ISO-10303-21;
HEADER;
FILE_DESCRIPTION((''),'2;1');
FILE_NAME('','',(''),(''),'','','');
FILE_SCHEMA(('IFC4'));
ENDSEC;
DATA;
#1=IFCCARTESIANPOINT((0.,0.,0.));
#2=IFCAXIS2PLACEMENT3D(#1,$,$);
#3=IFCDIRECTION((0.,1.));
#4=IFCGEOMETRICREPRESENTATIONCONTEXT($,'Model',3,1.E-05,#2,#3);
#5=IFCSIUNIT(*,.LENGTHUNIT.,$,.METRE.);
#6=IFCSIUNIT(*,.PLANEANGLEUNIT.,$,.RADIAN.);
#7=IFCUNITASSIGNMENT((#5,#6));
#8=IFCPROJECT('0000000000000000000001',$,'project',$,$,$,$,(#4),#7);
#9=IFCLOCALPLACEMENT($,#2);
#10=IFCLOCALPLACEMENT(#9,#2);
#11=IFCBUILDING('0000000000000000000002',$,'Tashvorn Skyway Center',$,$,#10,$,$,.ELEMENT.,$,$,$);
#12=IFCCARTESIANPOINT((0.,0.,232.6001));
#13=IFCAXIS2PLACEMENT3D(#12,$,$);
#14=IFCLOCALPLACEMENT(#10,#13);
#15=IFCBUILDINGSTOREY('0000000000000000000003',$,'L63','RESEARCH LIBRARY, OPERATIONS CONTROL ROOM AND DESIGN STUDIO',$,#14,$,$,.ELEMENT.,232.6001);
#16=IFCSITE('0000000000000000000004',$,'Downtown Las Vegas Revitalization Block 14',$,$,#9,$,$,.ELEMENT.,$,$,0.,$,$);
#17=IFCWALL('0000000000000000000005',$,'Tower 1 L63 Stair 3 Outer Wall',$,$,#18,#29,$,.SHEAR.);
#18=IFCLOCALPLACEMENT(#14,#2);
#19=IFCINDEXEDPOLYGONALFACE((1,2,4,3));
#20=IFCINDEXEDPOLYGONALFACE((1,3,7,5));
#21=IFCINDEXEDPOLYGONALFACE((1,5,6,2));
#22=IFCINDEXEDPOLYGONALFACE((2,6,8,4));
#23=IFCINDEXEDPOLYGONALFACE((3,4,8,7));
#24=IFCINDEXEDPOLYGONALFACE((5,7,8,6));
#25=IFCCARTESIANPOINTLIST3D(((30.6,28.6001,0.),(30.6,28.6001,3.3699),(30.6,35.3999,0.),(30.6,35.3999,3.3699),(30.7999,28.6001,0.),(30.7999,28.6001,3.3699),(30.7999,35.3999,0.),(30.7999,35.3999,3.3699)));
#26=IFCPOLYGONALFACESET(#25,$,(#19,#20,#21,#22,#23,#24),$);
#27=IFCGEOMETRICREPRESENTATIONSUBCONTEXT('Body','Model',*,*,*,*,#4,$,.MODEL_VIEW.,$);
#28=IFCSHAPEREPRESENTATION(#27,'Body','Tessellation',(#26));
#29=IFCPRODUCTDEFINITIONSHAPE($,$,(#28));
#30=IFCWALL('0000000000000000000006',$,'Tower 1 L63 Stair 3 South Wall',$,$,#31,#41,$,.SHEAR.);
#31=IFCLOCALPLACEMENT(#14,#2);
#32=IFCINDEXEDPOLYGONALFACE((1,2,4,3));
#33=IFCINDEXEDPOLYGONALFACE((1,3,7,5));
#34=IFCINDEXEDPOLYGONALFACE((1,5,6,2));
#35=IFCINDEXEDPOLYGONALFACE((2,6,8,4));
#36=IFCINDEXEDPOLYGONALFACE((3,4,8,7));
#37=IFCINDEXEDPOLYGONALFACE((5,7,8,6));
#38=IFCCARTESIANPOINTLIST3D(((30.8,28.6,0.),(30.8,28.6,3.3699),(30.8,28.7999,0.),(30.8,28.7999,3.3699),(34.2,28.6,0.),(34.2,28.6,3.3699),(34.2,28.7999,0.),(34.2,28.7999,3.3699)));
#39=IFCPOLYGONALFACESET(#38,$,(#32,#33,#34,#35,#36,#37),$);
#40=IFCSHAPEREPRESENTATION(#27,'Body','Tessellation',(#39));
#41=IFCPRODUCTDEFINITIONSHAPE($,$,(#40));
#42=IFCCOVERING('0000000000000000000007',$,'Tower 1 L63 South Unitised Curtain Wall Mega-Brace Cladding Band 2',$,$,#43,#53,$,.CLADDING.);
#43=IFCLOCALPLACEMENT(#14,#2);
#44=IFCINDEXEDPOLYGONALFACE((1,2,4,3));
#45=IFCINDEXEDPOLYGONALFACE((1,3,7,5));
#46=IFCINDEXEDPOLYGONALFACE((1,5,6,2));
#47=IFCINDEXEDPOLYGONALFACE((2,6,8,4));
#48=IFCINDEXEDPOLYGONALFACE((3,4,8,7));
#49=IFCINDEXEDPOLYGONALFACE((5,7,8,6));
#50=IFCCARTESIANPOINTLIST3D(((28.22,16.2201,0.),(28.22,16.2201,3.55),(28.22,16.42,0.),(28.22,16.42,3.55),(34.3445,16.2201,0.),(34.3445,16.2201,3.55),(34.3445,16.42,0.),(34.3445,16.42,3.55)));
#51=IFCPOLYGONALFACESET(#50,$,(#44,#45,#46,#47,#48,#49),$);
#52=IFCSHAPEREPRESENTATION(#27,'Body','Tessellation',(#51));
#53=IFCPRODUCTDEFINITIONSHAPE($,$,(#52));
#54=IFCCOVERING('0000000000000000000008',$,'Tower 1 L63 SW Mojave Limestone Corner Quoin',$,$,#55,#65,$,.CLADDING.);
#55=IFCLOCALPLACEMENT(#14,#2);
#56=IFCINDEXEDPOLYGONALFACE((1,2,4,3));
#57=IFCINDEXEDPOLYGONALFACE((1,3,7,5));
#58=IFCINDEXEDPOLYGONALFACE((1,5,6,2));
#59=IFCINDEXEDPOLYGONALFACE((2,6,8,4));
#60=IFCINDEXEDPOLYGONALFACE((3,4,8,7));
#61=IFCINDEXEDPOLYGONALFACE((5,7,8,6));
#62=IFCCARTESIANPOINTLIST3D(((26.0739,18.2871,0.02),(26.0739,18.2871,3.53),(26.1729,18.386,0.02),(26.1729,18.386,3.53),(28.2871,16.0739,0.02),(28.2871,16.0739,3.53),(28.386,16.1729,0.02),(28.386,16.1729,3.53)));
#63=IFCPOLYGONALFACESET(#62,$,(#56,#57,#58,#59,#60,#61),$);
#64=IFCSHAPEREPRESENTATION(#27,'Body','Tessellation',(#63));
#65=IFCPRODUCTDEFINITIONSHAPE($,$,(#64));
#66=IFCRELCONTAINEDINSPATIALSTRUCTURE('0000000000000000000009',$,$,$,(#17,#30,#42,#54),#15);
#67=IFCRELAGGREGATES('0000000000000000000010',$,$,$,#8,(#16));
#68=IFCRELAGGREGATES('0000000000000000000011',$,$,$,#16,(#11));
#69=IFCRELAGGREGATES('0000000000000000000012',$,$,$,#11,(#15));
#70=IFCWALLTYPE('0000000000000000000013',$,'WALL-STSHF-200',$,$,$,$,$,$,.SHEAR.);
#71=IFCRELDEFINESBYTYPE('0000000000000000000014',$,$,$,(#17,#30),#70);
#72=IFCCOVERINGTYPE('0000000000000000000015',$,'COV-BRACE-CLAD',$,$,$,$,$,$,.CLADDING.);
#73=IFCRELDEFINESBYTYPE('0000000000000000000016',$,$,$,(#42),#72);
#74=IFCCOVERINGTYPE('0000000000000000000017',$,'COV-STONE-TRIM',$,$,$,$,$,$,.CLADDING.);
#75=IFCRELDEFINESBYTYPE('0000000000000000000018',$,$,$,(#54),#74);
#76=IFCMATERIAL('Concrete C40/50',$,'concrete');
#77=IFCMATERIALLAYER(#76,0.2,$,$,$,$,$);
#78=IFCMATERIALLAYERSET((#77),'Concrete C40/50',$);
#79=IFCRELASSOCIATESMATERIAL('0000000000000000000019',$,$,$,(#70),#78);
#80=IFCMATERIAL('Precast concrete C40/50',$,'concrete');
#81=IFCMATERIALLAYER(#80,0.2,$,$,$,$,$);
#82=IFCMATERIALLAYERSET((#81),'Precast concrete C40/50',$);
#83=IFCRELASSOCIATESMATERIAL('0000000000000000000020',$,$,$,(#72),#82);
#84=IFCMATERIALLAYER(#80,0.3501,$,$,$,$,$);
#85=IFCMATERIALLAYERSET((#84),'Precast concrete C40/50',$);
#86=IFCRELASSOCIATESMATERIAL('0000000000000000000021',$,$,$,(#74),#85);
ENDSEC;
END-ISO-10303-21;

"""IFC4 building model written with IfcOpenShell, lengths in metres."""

from ifc_helpers import new_model, si_unit, direction, frame, frame_2d, origin, origin_2d, place, context, subcontext, project, spatial, rectangle, extrude, material, layer, layer_set, type_object, element, save


model = new_model("IFC4")

# Units and contexts
model_context = context("Model", 3, precision=1e-05, world=origin(), true_north=direction((0.0, 1.0)))
body_context = subcontext(model_context, "Body", "Model", "MODEL_VIEW")
ifc_project = project(units=[si_unit("LENGTHUNIT", "METRE"), si_unit("PLANEANGLEUNIT", "RADIAN")], contexts=[model_context])

# Site, building, storey
site_placement = place(None, origin())
site = spatial("IfcSite", under=ifc_project, at=site_placement, Name="Downtown Las Vegas Revitalization Block 14", CompositionType="ELEMENT", RefElevation=0.0)
building_placement = place(site_placement, origin())
building = spatial("IfcBuilding", under=site, at=building_placement, Name="Tashvorn Skyway Center", CompositionType="ELEMENT")
storey_placement = place(building_placement, frame((0.0, 0.0, 232.6001)))
storey = spatial("IfcBuildingStorey", under=building, at=storey_placement, Name="L63", Description="RESEARCH LIBRARY, OPERATIONS CONTROL ROOM AND DESIGN STUDIO", CompositionType="ELEMENT", Elevation=232.6001)

# Walls
ifc_material_1 = material(Name="Precast concrete C40/50", Category="concrete")
ifc_material_2 = material(Name="Concrete C40/50", Category="concrete")
ifc_layer_1 = layer(ifc_material_2, 0.2)
ifc_layer_set_1 = layer_set([ifc_layer_1], Name="Concrete C40/50")
wall_type_1 = type_object("IfcWallType", Name="WALL-STSHF-200", PredefinedType="SHEAR", material=ifc_layer_set_1)
wall_1_placement = place(storey_placement, frame((30.7, 28.6001, 0.0), z_axis=(0.0, 0.0, 1.0), x_axis=(0.0, 1.0, 0.0)))
element("IfcWall", 1, at=wall_1_placement, inside=storey, type_object=wall_type_1, Name="Tower 1 L63 Stair 3 Outer Wall", PredefinedType="SHEAR", context=body_context, shape_type="SweptSolid", body=[
    extrude(rectangle(XDim=6.7998, YDim=0.2, at=frame_2d((3.3999, 0.0))), origin(), (0.0, 0.0, 1.0), 3.3699),
])
wall_2_placement = place(storey_placement, frame((30.8, 28.7, 0.0), z_axis=(0.0, 0.0, 1.0), x_axis=(1.0, 0.0, 0.0)))
element("IfcWall", 2, at=wall_2_placement, inside=storey, type_object=wall_type_1, Name="Tower 1 L63 Stair 3 South Wall", PredefinedType="SHEAR", context=body_context, shape_type="SweptSolid", body=[
    extrude(rectangle(XDim=3.3999, YDim=0.2, at=frame_2d((1.7, 0.0))), origin(), (0.0, 0.0, 1.0), 3.3699),
])

# Coverings
ifc_layer_2 = layer(ifc_material_1, 0.2)
ifc_layer_set_2 = layer_set([ifc_layer_2], Name="Precast concrete C40/50")
covering_type_1 = type_object("IfcCoveringType", Name="COV-BRACE-CLAD", PredefinedType="CLADDING", material=ifc_layer_set_2)
covering_1_placement = place(storey_placement, frame((31.2822, 16.3201, 0.0), z_axis=(0.0, 0.0, 1.0), x_axis=(-1.0, 0.0, 0.0)))
element("IfcCovering", 3, at=covering_1_placement, inside=storey, type_object=covering_type_1, Name="Tower 1 L63 South Unitised Curtain Wall Mega-Brace Cladding Band 2", PredefinedType="CLADDING", context=body_context, shape_type="SweptSolid", body=[
    extrude(rectangle(XDim=6.1245, YDim=0.2, at=origin_2d()), origin(), (0.0, 0.0, 1.0), 3.55),
])
ifc_layer_3 = layer(ifc_material_1, 0.3501)
ifc_layer_set_3 = layer_set([ifc_layer_3], Name="Precast concrete C40/50")
covering_type_2 = type_object("IfcCoveringType", Name="COV-STONE-TRIM", PredefinedType="CLADDING", material=ifc_layer_set_3)
covering_2_placement = place(storey_placement, frame((27.23, 17.23, 0.02), z_axis=(0.0, 0.0, 1.0), x_axis=(-0.707107, 0.707107, 0.0)))
element("IfcCovering", 4, at=covering_2_placement, inside=storey, type_object=covering_type_2, Name="Tower 1 L63 SW Mojave Limestone Corner Quoin", PredefinedType="CLADDING", context=body_context, shape_type="SweptSolid", body=[
    extrude(rectangle(XDim=3.1299, YDim=0.1399, at=origin_2d()), origin(), (0.0, 0.0, 1.0), 3.51),
])

save(model, "model.ifc")
